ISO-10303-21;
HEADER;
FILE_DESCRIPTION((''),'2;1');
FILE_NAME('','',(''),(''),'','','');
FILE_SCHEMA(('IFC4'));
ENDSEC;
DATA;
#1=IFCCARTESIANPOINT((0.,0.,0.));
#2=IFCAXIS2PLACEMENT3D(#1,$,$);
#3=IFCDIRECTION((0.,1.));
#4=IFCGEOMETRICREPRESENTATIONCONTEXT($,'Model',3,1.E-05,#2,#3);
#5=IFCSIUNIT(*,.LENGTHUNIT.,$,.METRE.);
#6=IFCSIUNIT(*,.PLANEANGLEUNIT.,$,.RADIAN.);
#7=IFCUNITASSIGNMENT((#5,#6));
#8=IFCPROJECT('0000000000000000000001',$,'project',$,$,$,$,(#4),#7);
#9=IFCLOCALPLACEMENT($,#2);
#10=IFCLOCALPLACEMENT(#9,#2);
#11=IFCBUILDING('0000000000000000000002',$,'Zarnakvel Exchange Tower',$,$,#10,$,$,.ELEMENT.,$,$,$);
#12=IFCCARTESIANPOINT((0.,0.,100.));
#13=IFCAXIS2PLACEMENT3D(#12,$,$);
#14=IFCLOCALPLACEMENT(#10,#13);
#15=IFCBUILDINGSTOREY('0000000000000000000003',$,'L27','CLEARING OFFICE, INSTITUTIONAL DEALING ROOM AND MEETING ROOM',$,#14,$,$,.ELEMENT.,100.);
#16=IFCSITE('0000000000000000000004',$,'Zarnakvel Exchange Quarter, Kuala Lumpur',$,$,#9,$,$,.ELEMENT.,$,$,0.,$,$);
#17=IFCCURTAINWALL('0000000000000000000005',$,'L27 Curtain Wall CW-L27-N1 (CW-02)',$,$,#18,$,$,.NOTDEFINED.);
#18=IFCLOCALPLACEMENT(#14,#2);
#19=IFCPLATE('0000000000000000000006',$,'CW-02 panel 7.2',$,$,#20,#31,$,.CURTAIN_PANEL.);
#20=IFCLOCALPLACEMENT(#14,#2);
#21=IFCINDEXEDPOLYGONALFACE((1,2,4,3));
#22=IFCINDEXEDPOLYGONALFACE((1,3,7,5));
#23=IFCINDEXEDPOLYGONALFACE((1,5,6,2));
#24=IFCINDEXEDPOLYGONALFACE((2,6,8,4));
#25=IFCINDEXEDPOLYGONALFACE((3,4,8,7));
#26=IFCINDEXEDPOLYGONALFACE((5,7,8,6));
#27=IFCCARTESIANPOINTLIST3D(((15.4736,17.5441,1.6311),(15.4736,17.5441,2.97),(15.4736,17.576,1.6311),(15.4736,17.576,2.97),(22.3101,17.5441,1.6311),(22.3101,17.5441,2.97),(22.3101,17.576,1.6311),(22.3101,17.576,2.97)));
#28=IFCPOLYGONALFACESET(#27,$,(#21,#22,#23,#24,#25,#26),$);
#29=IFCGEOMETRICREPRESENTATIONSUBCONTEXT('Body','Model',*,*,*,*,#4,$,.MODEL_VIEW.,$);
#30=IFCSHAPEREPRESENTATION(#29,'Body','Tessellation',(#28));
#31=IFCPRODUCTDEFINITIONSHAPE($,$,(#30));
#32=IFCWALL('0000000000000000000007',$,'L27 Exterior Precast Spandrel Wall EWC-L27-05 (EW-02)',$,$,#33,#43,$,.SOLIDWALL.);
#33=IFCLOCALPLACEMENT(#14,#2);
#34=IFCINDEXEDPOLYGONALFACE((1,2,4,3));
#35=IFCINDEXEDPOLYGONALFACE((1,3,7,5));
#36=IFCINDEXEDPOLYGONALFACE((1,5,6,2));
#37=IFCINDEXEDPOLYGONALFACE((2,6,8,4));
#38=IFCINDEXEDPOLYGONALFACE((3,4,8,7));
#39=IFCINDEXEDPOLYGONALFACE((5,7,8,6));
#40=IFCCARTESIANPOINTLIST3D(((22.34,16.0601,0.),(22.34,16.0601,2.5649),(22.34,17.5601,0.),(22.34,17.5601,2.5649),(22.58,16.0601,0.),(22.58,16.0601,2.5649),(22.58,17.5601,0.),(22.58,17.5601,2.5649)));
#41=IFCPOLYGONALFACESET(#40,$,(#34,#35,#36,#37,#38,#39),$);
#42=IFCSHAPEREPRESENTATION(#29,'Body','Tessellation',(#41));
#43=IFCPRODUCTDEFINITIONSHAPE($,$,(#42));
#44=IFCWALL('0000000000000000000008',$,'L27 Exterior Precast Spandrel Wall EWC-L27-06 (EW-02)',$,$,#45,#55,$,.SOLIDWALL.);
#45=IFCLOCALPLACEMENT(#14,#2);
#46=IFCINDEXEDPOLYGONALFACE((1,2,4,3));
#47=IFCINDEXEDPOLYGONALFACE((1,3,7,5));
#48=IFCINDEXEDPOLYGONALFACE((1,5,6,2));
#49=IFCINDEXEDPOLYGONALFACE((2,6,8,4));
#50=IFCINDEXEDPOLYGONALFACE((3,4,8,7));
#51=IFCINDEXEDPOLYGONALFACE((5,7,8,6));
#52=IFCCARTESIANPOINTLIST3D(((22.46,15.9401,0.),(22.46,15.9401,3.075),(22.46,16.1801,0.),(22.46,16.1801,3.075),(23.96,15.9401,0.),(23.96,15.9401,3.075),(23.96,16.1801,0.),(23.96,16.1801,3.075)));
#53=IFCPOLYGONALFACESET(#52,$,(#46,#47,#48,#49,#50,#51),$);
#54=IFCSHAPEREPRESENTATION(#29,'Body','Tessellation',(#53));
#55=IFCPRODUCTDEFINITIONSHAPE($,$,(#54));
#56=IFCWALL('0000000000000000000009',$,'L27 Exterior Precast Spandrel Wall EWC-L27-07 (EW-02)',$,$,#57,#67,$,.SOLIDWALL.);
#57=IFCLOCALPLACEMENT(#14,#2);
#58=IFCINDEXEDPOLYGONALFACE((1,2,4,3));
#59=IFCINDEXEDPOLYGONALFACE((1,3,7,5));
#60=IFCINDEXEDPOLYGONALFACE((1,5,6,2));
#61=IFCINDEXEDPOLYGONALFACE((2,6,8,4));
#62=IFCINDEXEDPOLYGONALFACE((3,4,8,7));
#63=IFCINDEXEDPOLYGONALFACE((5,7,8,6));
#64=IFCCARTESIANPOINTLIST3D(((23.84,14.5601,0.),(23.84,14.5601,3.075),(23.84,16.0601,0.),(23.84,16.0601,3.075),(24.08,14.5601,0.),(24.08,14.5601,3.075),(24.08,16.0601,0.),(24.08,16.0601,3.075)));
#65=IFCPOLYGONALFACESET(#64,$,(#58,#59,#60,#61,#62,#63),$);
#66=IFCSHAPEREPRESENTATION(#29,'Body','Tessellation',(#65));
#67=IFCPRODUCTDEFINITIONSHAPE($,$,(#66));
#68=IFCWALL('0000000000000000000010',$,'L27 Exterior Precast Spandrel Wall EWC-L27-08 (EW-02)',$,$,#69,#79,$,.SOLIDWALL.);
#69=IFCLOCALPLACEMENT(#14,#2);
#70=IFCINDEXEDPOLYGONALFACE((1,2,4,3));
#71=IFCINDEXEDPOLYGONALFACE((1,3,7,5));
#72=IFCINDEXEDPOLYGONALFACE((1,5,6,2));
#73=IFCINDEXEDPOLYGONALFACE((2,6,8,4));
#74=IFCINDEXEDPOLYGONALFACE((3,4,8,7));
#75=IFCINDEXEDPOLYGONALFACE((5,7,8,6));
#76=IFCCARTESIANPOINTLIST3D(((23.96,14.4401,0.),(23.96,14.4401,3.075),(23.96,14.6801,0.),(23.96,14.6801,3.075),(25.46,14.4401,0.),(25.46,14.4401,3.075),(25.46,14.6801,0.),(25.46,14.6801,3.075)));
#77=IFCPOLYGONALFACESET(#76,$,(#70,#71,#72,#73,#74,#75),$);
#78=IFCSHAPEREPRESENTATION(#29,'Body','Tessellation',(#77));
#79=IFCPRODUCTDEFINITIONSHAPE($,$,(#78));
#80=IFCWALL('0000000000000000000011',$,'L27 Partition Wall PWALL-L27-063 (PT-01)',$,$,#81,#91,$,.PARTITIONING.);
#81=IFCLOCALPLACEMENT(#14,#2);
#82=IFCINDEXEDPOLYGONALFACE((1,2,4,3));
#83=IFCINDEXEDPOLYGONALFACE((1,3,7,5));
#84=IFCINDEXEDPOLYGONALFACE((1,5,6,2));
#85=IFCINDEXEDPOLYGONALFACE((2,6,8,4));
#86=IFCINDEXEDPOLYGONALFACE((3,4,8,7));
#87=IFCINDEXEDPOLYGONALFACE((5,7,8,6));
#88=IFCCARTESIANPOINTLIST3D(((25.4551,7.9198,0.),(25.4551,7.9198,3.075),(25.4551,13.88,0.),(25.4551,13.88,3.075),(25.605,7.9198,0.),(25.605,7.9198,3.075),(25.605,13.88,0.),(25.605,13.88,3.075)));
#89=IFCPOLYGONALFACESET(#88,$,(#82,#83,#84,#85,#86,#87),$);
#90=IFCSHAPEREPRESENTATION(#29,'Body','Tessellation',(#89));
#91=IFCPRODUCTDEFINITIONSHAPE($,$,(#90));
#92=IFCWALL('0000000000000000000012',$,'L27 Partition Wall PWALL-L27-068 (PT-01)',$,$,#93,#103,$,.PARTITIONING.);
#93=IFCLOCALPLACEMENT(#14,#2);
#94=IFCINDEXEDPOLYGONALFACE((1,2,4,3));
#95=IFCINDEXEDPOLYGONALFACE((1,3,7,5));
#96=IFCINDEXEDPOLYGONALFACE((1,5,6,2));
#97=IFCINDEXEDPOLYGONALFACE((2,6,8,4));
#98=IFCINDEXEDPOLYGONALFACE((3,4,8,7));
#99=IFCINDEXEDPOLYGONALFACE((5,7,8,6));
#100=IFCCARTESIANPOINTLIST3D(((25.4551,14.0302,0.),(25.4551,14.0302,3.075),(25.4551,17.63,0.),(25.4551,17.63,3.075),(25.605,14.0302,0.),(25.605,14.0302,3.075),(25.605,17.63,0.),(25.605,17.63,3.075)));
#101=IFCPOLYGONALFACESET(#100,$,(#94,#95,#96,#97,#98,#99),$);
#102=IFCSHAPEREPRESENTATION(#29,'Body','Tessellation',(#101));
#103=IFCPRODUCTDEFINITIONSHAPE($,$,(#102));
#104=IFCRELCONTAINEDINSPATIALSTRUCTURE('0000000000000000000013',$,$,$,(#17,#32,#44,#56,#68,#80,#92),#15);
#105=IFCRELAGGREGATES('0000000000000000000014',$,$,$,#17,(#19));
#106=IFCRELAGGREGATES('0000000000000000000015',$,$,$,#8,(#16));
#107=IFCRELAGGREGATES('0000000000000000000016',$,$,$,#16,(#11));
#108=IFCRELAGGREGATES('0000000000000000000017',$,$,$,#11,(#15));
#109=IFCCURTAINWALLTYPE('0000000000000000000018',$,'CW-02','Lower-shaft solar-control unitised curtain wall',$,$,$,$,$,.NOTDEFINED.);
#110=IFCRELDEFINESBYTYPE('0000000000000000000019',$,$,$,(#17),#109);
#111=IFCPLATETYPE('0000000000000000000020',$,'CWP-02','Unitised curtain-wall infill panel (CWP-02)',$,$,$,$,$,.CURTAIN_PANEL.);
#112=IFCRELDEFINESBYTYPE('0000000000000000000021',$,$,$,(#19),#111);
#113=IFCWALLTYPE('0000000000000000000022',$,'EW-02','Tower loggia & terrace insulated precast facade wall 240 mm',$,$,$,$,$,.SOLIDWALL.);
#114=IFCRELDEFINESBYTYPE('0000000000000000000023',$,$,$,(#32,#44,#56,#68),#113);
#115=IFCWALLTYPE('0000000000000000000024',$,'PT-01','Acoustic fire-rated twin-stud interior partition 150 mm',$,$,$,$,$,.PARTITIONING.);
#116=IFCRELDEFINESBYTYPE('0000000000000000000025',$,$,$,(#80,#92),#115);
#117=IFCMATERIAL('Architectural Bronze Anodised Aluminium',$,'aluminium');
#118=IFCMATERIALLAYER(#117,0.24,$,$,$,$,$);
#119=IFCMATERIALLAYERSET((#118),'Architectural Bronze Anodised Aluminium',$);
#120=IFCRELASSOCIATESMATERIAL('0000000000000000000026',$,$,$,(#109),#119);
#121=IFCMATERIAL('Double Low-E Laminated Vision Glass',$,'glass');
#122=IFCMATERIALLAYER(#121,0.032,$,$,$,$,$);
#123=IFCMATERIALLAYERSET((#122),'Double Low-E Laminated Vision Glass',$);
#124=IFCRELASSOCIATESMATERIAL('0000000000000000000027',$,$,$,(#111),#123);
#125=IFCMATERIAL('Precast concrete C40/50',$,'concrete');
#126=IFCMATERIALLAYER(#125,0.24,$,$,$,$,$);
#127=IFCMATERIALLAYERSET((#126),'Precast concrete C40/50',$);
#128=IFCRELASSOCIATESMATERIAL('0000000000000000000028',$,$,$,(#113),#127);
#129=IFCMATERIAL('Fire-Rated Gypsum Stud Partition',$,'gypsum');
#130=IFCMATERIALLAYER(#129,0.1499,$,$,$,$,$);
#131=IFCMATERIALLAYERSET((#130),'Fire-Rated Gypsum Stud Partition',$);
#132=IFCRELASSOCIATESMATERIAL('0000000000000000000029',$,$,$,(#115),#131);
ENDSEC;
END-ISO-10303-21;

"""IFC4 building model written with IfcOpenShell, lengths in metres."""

from ifc_helpers import new_model, si_unit, direction, frame, frame_2d, origin, origin_2d, place, context, subcontext, project, spatial, rectangle, extrude, source, transform, mapped, material, layer, layer_set, type_object, element, aggregate, save


model = new_model("IFC4")

# Units and contexts
model_context = context("Model", 3, precision=1e-05, world=origin(), true_north=direction((0.0, 1.0)))
body_context = subcontext(model_context, "Body", "Model", "MODEL_VIEW")
ifc_project = project(units=[si_unit("LENGTHUNIT", "METRE"), si_unit("PLANEANGLEUNIT", "RADIAN")], contexts=[model_context])

# Site, building, storey
site_placement = place(None, origin())
site = spatial("IfcSite", under=ifc_project, at=site_placement, Name="Zarnakvel Exchange Quarter, Kuala Lumpur", CompositionType="ELEMENT", RefElevation=0.0)
building_placement = place(site_placement, origin())
building = spatial("IfcBuilding", under=site, at=building_placement, Name="Zarnakvel Exchange Tower", CompositionType="ELEMENT")
storey_placement = place(building_placement, frame((0.0, 0.0, 100.0)))
storey = spatial("IfcBuildingStorey", under=building, at=storey_placement, Name="L27", Description="CLEARING OFFICE, INSTITUTIONAL DEALING ROOM AND MEETING ROOM", CompositionType="ELEMENT", Elevation=100.0)

# Curtain wall
ifc_material_1 = material(Name="Architectural Bronze Anodised Aluminium", Category="aluminium")
ifc_layer_1 = layer(ifc_material_1, 0.24)
ifc_layer_set_1 = layer_set([ifc_layer_1], Name="Architectural Bronze Anodised Aluminium")
curtain_wall_type_1 = type_object("IfcCurtainWallType", Name="CW-02", Description="Lower-shaft solar-control unitised curtain wall", PredefinedType="NOTDEFINED", material=ifc_layer_set_1)
curtain_wall_1_placement = place(storey_placement, origin())
curtain_wall_1 = element("IfcCurtainWall", 1, at=curtain_wall_1_placement, inside=storey, type_object=curtain_wall_type_1, Name="L27 Curtain Wall CW-L27-N1 (CW-02)", PredefinedType="NOTDEFINED")

# Plate
ifc_material_2 = material(Name="Double Low-E Laminated Vision Glass", Category="glass")
ifc_layer_2 = layer(ifc_material_2, 0.032)
ifc_layer_set_2 = layer_set([ifc_layer_2], Name="Double Low-E Laminated Vision Glass")
plate_type = type_object("IfcPlateType", Name="CWP-02", Description="Unitised curtain-wall infill panel (CWP-02)", PredefinedType="CURTAIN_PANEL", material=ifc_layer_set_2)
shared_shape_1 = source(origin(), body_context, "Body", "SweptSolid", [
    extrude(rectangle(XDim=6.8364, YDim=0.032, at=origin_2d()), origin(), (0.0, 0.0, 1.0), 1.3389),
])
plate_1_placement = place(storey_placement, frame((18.8918, 17.5601, 1.6311), z_axis=(0.0, 0.0, 1.0), x_axis=(1.0, 0.0, 0.0)))
plate_1 = element("IfcPlate", 2, at=plate_1_placement, type_object=plate_type, Name="CW-02 panel 7.2", PredefinedType="CURTAIN_PANEL", context=body_context, shape_type="MappedRepresentation", body=[
    mapped(shared_shape_1, transform((0.0, 0.0, 0.0), x_axis=(1.0, 0.0, 0.0), y_axis=(0.0, 1.0, 0.0), z_axis=(0.0, 0.0, 1.0), scale=1.0)),
])
aggregate(curtain_wall_1, [plate_1])

# Walls
ifc_material_3 = material(Name="Precast concrete C40/50", Category="concrete")
ifc_layer_3 = layer(ifc_material_3, 0.24)
ifc_layer_set_3 = layer_set([ifc_layer_3], Name="Precast concrete C40/50")
wall_type_1 = type_object("IfcWallType", Name="EW-02", Description="Tower loggia & terrace insulated precast facade wall 240 mm", PredefinedType="SOLIDWALL", material=ifc_layer_set_3)
wall_1_placement = place(storey_placement, frame((22.46, 16.0601, 0.0), z_axis=(0.0, 0.0, 1.0), x_axis=(0.0, 1.0, 0.0)))
element("IfcWall", 3, at=wall_1_placement, inside=storey, type_object=wall_type_1, Name="L27 Exterior Precast Spandrel Wall EWC-L27-05 (EW-02)", PredefinedType="SOLIDWALL", context=body_context, shape_type="SweptSolid", body=[
    extrude(rectangle(XDim=1.5, YDim=0.24, at=frame_2d((0.75, 0.0))), origin(), (0.0, 0.0, 1.0), 2.5649),
])
for number, where, z_axis, x_axis, name in (
    (4, (23.96, 16.0601, 0.0), (0.0, 0.0, 1.0), (-1.0, 0.0, 0.0), "L27 Exterior Precast Spandrel Wall EWC-L27-06 (EW-02)"),
    (5, (23.96, 14.5601, 0.0), (0.0, 0.0, 1.0), (0.0, 1.0, 0.0), "L27 Exterior Precast Spandrel Wall EWC-L27-07 (EW-02)"),
    (6, (25.46, 14.5601, 0.0), (0.0, 0.0, 1.0), (-1.0, 0.0, 0.0), "L27 Exterior Precast Spandrel Wall EWC-L27-08 (EW-02)"),
):
    element("IfcWall", number, at=place(storey_placement, frame(where, z_axis=z_axis, x_axis=x_axis)), inside=storey, type_object=wall_type_1, Name=name, PredefinedType="SOLIDWALL", context=body_context, shape_type="SweptSolid", body=[
        extrude(rectangle(XDim=1.5, YDim=0.24, at=frame_2d((0.75, 0.0))), origin(), (0.0, 0.0, 1.0), 3.075),
    ])

# Shared definitions
ifc_material_4 = material(Name="Fire-Rated Gypsum Stud Partition", Category="gypsum")
ifc_layer_4 = layer(ifc_material_4, 0.1499)
ifc_layer_set_4 = layer_set([ifc_layer_4], Name="Fire-Rated Gypsum Stud Partition")
wall_type_2 = type_object("IfcWallType", Name="PT-01", Description="Acoustic fire-rated twin-stud interior partition 150 mm", PredefinedType="PARTITIONING", material=ifc_layer_set_4)

# Walls
wall_2_placement = place(storey_placement, frame((25.53, 13.8799, 0.0), z_axis=(0.0, 0.0, 1.0), x_axis=(0.0, -1.0, 0.0)))
element("IfcWall", 7, at=wall_2_placement, inside=storey, type_object=wall_type_2, Name="L27 Partition Wall PWALL-L27-063 (PT-01)", PredefinedType="PARTITIONING", context=body_context, shape_type="SweptSolid", body=[
    extrude(rectangle(XDim=5.9602, YDim=0.1499, at=frame_2d((2.98, 0.0))), origin(), (0.0, 0.0, 1.0), 3.075),
])
wall_3_placement = place(storey_placement, frame((25.53, 17.6299, 0.0), z_axis=(0.0, 0.0, 1.0), x_axis=(0.0, -1.0, 0.0)))
element("IfcWall", 8, at=wall_3_placement, inside=storey, type_object=wall_type_2, Name="L27 Partition Wall PWALL-L27-068 (PT-01)", PredefinedType="PARTITIONING", context=body_context, shape_type="SweptSolid", body=[
    extrude(rectangle(XDim=3.5999, YDim=0.1499, at=frame_2d((1.7998, 0.0))), origin(), (0.0, 0.0, 1.0), 3.075),
])

save(model, "model.ifc")
